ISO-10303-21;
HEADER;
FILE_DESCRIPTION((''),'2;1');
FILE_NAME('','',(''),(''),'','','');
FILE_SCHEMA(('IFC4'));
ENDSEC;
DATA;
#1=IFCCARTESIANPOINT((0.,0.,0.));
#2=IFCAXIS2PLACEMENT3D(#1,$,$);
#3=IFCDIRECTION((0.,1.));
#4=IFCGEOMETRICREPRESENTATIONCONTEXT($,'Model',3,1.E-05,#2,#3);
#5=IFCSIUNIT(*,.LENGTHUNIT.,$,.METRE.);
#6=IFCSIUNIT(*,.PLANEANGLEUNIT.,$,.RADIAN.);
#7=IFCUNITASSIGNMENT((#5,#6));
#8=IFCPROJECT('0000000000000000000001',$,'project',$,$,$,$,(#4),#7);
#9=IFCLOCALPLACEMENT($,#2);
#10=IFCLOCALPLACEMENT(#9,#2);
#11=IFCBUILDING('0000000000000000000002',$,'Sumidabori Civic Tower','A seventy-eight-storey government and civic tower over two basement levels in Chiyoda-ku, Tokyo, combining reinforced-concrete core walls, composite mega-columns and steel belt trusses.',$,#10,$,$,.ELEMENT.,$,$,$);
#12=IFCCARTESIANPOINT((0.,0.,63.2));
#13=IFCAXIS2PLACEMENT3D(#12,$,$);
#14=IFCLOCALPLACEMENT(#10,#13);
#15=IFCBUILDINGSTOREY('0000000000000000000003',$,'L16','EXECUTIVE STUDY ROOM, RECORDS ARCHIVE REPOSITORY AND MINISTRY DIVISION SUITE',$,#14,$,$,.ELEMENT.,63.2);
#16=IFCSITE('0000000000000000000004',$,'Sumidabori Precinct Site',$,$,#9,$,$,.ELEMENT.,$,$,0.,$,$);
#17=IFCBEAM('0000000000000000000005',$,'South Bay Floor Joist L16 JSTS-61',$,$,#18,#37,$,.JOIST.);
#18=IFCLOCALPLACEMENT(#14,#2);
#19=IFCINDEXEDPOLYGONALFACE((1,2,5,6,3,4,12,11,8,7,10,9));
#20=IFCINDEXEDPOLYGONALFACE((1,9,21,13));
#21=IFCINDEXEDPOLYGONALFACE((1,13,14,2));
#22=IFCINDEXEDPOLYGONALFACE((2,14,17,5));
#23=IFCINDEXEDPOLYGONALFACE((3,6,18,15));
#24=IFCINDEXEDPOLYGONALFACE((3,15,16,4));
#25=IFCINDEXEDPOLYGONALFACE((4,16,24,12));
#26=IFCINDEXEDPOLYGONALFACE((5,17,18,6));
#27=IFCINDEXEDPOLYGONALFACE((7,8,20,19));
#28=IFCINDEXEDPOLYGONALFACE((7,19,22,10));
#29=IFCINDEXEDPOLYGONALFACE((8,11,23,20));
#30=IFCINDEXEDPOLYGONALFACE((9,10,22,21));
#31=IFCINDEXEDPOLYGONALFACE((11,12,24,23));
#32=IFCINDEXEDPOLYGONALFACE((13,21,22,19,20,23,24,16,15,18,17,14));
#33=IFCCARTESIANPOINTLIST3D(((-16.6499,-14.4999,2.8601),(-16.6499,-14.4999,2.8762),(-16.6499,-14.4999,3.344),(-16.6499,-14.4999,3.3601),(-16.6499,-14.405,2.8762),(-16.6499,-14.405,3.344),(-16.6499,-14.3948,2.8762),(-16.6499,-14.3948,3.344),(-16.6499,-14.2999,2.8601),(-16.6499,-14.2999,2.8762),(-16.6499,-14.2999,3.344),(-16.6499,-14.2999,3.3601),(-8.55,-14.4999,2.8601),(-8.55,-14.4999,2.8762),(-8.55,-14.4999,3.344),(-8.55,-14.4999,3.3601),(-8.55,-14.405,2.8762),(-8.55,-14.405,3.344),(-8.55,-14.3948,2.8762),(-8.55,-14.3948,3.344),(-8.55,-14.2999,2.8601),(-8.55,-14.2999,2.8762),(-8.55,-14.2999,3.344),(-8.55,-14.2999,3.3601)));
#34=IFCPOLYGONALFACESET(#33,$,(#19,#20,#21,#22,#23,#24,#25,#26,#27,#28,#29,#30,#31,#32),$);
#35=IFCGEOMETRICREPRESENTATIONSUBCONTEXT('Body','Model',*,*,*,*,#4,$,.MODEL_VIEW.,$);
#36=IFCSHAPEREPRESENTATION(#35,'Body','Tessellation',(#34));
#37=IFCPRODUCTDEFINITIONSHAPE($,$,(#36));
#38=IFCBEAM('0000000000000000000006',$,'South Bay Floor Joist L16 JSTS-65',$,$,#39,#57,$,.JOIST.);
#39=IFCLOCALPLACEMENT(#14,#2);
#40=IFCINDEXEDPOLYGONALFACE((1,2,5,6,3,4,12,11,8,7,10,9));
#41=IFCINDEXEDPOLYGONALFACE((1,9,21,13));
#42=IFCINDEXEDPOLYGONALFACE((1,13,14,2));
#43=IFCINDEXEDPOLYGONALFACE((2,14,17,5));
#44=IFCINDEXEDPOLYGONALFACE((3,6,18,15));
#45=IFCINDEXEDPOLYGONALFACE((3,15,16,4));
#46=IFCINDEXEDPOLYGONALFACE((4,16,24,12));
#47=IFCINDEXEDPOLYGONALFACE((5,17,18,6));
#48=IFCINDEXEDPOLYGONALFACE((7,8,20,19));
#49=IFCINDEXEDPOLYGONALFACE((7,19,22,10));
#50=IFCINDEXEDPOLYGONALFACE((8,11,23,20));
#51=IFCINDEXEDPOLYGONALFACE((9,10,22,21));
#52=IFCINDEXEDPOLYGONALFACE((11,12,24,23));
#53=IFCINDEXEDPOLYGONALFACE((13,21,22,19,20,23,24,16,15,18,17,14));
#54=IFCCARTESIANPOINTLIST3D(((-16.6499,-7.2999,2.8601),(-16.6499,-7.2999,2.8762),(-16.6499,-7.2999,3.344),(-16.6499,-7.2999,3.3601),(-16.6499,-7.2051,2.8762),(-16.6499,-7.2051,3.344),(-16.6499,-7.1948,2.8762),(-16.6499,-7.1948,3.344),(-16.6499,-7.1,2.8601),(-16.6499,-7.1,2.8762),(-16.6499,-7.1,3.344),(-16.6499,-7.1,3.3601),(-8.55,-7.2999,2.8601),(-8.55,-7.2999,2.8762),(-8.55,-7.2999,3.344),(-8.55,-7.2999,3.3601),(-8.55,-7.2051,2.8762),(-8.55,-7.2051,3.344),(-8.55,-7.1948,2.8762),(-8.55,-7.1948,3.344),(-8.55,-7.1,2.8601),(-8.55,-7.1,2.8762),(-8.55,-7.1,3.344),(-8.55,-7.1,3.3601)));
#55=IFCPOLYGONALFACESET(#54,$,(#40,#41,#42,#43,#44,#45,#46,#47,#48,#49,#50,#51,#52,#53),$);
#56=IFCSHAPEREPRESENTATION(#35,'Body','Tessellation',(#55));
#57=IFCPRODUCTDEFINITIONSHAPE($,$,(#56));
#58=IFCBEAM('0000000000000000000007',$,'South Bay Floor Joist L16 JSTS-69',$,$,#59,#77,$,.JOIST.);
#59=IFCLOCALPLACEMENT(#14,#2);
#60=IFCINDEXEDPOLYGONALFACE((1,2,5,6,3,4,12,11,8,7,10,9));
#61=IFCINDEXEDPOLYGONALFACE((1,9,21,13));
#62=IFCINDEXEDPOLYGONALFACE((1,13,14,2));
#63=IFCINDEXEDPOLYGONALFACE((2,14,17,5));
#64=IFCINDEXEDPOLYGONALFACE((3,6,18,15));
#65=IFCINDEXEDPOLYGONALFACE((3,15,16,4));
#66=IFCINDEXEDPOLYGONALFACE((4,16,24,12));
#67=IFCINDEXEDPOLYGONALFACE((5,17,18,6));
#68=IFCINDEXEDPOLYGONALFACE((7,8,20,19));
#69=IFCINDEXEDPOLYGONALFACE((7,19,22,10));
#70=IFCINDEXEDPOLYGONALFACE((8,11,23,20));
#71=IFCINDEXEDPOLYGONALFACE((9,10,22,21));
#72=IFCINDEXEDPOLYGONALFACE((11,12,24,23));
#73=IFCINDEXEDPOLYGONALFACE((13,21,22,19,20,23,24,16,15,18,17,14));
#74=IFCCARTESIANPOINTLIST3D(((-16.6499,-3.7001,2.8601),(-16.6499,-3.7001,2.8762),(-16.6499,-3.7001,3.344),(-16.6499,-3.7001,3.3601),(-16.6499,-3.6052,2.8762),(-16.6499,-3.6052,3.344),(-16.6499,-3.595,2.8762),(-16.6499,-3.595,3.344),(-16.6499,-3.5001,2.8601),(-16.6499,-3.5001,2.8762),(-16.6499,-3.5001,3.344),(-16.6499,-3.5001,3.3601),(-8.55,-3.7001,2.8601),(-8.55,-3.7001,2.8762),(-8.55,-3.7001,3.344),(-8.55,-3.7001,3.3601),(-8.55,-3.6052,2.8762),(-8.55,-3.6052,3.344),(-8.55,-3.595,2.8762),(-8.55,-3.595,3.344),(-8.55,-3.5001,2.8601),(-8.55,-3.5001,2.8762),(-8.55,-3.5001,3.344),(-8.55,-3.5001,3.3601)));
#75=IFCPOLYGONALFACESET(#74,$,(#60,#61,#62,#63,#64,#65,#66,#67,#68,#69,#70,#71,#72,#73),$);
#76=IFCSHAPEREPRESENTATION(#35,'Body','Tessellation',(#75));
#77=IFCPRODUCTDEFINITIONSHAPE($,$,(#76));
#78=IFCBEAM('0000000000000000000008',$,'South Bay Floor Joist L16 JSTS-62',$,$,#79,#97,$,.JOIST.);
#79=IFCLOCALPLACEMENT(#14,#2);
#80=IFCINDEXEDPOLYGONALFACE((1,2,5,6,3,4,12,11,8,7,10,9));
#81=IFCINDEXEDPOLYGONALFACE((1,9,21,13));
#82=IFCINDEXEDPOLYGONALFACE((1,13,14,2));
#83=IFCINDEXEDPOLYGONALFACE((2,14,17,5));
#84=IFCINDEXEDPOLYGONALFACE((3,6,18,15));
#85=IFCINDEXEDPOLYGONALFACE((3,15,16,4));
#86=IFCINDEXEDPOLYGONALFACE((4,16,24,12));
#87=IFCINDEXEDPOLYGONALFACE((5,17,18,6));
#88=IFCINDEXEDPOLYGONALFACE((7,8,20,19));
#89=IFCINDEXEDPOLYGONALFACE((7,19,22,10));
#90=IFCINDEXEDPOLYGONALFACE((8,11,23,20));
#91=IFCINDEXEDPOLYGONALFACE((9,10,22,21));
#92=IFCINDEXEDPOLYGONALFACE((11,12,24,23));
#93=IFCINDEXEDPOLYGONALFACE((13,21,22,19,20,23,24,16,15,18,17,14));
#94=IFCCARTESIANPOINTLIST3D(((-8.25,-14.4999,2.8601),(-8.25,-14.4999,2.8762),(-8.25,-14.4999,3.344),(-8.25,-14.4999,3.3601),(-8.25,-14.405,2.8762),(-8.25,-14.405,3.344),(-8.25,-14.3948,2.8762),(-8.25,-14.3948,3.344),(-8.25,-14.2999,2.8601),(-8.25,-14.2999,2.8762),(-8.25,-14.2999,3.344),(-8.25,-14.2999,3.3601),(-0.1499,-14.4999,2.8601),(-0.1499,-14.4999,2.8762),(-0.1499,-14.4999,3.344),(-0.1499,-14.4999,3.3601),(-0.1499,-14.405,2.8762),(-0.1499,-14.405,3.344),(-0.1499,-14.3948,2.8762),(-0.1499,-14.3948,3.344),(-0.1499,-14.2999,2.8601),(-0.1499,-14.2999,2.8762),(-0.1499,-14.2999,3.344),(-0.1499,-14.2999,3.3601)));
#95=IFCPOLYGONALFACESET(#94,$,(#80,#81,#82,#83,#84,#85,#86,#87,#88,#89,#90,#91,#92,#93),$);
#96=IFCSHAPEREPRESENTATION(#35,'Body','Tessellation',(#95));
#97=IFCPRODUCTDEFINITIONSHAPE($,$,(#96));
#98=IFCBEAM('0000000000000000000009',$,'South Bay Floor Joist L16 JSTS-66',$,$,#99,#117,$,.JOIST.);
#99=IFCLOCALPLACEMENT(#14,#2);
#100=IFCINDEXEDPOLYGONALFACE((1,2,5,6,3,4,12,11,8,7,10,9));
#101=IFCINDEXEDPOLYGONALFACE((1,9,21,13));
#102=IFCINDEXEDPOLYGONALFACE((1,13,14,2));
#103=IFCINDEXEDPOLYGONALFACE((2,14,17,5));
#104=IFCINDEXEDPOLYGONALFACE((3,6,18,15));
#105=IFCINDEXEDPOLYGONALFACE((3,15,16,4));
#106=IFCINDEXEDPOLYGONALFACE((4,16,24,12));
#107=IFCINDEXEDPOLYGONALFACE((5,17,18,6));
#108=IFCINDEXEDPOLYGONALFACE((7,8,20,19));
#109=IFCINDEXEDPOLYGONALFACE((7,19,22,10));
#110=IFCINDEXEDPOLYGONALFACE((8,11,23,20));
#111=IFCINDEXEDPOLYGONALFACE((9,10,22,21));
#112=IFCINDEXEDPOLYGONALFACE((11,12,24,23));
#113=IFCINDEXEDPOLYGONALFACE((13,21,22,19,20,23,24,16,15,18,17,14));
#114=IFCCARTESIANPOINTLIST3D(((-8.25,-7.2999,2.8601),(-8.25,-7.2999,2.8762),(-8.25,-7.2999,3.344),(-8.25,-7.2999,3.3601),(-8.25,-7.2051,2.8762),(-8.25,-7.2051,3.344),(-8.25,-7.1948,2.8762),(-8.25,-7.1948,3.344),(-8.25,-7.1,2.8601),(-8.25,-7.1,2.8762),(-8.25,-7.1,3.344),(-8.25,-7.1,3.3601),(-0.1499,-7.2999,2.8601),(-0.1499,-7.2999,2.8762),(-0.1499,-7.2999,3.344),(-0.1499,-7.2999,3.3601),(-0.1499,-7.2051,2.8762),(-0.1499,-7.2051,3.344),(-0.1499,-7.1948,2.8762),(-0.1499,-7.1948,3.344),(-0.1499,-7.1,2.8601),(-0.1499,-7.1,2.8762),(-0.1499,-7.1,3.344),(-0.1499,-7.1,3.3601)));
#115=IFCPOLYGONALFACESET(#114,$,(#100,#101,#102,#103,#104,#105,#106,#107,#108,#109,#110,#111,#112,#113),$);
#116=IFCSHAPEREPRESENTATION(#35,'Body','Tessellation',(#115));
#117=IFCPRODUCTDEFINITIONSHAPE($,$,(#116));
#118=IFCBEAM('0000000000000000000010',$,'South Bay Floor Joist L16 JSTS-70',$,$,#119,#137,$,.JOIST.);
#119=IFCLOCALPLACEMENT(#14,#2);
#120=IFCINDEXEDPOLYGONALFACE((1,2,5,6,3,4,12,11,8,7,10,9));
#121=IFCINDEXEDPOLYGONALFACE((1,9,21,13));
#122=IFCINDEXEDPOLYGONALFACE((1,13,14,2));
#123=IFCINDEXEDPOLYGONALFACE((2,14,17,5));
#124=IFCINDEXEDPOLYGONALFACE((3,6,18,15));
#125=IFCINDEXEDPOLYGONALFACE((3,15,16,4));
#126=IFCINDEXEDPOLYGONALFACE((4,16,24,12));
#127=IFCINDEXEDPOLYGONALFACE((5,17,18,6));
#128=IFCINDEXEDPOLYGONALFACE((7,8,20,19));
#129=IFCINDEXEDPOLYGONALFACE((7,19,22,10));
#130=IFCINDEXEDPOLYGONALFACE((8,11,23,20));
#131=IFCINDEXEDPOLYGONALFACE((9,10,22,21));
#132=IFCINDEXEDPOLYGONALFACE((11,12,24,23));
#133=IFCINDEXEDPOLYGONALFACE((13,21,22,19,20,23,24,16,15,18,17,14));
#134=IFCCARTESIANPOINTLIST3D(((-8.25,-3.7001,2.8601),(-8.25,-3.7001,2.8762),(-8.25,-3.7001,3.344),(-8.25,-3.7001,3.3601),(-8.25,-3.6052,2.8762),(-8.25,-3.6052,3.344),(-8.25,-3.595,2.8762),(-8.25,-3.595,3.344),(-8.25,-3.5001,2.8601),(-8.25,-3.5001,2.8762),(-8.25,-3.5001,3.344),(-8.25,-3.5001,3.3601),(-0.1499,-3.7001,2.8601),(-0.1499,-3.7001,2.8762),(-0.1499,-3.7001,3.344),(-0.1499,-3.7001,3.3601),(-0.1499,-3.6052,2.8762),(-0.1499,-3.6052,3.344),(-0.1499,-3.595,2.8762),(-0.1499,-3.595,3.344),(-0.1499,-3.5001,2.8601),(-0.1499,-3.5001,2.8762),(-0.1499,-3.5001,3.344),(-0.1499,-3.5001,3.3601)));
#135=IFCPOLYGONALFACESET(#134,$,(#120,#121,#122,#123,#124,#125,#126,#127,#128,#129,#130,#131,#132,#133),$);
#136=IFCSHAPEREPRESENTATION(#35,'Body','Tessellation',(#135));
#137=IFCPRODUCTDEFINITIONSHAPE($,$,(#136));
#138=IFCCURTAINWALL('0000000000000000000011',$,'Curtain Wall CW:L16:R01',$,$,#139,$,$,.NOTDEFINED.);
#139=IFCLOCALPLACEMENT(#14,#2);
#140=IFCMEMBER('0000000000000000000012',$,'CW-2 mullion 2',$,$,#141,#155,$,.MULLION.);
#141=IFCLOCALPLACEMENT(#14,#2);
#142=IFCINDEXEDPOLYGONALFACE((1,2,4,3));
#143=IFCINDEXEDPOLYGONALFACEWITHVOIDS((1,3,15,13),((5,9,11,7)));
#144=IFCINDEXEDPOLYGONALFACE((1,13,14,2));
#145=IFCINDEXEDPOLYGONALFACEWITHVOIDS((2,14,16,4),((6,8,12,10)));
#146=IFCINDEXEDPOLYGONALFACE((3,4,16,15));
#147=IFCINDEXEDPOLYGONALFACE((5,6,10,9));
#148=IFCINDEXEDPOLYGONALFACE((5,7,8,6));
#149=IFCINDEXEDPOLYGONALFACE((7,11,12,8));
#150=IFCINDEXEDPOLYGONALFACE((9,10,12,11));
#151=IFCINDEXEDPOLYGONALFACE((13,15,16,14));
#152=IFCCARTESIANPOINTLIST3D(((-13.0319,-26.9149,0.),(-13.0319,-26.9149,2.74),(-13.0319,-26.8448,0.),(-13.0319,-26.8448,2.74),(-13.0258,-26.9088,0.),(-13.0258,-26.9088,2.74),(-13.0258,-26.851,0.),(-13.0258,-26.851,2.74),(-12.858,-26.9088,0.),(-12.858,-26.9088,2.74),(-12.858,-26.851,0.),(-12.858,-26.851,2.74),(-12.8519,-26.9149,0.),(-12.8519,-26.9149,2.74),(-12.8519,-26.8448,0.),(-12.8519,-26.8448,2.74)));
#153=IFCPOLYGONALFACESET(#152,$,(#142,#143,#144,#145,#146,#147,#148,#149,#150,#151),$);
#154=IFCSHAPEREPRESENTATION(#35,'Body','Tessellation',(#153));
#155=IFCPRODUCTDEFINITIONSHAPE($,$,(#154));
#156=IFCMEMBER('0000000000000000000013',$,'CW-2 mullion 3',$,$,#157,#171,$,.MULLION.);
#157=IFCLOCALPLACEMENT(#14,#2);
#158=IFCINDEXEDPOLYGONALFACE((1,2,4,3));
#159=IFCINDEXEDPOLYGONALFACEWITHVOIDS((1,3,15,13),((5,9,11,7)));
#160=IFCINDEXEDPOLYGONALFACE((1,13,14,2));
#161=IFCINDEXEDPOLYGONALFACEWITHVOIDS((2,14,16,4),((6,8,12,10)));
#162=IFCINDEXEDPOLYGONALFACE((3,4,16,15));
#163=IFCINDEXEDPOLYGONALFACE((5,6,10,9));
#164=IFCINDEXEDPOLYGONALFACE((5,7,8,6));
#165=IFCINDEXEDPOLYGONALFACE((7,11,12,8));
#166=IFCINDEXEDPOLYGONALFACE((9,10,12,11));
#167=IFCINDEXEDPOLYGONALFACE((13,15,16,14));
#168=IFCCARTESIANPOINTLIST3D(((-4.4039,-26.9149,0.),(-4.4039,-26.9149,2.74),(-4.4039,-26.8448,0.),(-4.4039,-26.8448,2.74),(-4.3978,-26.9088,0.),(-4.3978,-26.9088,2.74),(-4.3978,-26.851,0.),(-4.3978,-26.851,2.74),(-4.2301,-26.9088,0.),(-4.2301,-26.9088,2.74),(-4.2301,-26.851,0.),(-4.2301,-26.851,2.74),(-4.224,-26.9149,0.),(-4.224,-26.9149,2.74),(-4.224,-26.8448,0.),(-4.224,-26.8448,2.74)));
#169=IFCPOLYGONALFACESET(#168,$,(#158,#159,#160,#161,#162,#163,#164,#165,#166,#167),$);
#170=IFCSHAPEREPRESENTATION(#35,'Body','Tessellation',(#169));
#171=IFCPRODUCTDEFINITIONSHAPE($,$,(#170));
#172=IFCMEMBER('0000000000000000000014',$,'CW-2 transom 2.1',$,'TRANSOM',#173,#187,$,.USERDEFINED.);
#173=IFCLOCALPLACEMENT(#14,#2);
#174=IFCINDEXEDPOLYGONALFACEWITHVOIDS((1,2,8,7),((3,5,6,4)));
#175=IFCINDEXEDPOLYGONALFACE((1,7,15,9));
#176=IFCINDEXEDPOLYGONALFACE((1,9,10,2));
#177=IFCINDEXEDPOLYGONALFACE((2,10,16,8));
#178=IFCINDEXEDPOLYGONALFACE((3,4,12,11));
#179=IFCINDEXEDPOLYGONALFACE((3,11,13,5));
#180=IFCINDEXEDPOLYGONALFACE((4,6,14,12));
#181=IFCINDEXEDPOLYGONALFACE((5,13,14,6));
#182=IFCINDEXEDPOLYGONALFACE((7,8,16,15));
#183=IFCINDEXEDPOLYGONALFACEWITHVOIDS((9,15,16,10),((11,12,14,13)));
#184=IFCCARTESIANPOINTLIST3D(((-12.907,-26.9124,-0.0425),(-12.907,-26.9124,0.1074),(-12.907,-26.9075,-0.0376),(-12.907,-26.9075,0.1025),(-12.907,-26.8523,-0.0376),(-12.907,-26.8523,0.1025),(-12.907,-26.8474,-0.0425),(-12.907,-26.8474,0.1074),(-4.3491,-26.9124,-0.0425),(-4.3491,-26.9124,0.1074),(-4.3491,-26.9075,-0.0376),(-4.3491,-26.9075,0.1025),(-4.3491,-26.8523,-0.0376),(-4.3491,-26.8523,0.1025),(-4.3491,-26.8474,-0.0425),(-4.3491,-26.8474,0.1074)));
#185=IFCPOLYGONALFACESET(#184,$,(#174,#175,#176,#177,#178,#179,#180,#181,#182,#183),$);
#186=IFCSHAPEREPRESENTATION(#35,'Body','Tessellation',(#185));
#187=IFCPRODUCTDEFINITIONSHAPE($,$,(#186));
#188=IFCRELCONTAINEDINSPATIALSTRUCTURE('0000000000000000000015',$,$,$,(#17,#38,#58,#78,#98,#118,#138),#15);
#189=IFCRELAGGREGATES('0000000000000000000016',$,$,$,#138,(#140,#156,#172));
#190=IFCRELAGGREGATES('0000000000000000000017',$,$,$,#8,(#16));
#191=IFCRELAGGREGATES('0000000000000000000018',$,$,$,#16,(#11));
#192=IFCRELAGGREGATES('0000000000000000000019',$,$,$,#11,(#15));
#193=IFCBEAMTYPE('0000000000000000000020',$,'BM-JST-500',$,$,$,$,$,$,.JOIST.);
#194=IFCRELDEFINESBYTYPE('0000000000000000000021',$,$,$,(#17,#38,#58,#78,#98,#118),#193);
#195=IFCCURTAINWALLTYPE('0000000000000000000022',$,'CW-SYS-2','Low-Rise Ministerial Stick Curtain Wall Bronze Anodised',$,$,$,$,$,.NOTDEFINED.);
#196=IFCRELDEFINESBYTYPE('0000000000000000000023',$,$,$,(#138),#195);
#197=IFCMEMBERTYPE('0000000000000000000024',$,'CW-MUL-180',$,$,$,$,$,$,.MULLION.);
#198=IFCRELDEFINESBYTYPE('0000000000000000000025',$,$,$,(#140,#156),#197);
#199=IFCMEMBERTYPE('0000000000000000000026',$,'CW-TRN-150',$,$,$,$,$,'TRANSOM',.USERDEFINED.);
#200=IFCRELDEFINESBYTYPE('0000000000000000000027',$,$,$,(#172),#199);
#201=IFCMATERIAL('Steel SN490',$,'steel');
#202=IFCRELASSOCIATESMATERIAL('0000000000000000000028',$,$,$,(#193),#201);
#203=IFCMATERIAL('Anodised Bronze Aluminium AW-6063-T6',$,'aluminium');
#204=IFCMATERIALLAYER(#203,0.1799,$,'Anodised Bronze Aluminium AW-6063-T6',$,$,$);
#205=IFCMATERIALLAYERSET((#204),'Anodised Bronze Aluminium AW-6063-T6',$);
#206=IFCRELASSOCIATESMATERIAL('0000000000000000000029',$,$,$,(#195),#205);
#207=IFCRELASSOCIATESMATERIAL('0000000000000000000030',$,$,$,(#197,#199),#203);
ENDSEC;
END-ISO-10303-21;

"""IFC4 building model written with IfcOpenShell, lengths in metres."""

from ifc_helpers import new_model, si_unit, direction, frame, origin, origin_2d, place, context, subcontext, project, spatial, hollow_rectangle, i_section, extrude, source, transform, mapped, material, layer, layer_set, material_profile, profile_set, type_object, element, aggregate, save


model = new_model("IFC4")

# Units and contexts
model_context = context("Model", 3, precision=1e-05, world=origin(), true_north=direction((0.0, 1.0)))
body_context = subcontext(model_context, "Body", "Model", "MODEL_VIEW")
ifc_project = project(units=[si_unit("LENGTHUNIT", "METRE"), si_unit("PLANEANGLEUNIT", "RADIAN")], contexts=[model_context])

# Site, building, storey
site_placement = place(None, origin())
site = spatial("IfcSite", under=ifc_project, at=site_placement, Name="Sumidabori Precinct Site", CompositionType="ELEMENT", RefElevation=0.0)
building_placement = place(site_placement, origin())
building = spatial("IfcBuilding", under=site, at=building_placement, Name="Sumidabori Civic Tower", Description="A seventy-eight-storey government and civic tower over two basement levels in Chiyoda-ku, Tokyo, combining reinforced-concrete core walls, composite mega-columns and steel belt trusses.", CompositionType="ELEMENT")
storey_placement = place(building_placement, frame((0.0, 0.0, 63.2)))
storey = spatial("IfcBuildingStorey", under=building, at=storey_placement, Name="L16", Description="EXECUTIVE STUDY ROOM, RECORDS ARCHIVE REPOSITORY AND MINISTRY DIVISION SUITE", CompositionType="ELEMENT", Elevation=63.2)

# Beams
ifc_material_1 = material(Name="Steel SN490", Category="steel")
ifc_material_profile_1 = material_profile(ifc_material_1, i_section(OverallWidth=0.2, OverallDepth=0.5, WebThickness=0.0103, FlangeThickness=0.0161, at=origin_2d()), Name="IPE 500")
ifc_profile_set_1 = profile_set([ifc_material_profile_1], Name="Steel SN490")
beam_type_1 = type_object("IfcBeamType", Name="BM-JST-500", PredefinedType="JOIST", material=ifc_profile_set_1)
shared_shape_1 = source(origin(), body_context, "Body", "SweptSolid", [
    extrude(i_section(OverallWidth=0.2, OverallDepth=0.5, WebThickness=0.0103, FlangeThickness=0.0161, at=origin_2d()), origin(), (0.0, 0.0, 1.0), 8.0999),
])
for number, where, z_axis, x_axis, name in (
    (1, (-16.6499, -14.3999, 3.1101), (1.0, 0.0, 0.0), (0.0, 1.0, 0.0), "South Bay Floor Joist L16 JSTS-61"),
    (2, (-16.6499, -7.2, 3.1101), (1.0, 0.0, 0.0), (0.0, 1.0, 0.0), "South Bay Floor Joist L16 JSTS-65"),
    (3, (-16.6499, -3.6001, 3.1101), (1.0, 0.0, 0.0), (0.0, 1.0, 0.0), "South Bay Floor Joist L16 JSTS-69"),
):
    element("IfcBeam", number, at=place(storey_placement, frame(where, z_axis=z_axis, x_axis=x_axis)), inside=storey, type_object=beam_type_1, Name=name, PredefinedType="JOIST", context=body_context, shape_type="MappedRepresentation", body=[
        mapped(shared_shape_1, transform((0.0, 0.0, 0.0), x_axis=(1.0, 0.0, 0.0), y_axis=(0.0, 1.0, 0.0), z_axis=(0.0, 0.0, 1.0), scale=1.0)),
    ])
shared_shape_2 = source(origin(), body_context, "Body", "SweptSolid", [
    extrude(i_section(OverallWidth=0.2, OverallDepth=0.5, WebThickness=0.0103, FlangeThickness=0.0161, at=origin_2d()), origin(), (0.0, 0.0, 1.0), 8.1001),
])
for number, where, z_axis, x_axis, name in (
    (4, (-8.25, -14.3999, 3.1101), (1.0, 0.0, 0.0), (0.0, 1.0, 0.0), "South Bay Floor Joist L16 JSTS-62"),
    (5, (-8.25, -7.2, 3.1101), (1.0, 0.0, 0.0), (0.0, 1.0, 0.0), "South Bay Floor Joist L16 JSTS-66"),
    (6, (-8.25, -3.6001, 3.1101), (1.0, 0.0, 0.0), (0.0, 1.0, 0.0), "South Bay Floor Joist L16 JSTS-70"),
):
    element("IfcBeam", number, at=place(storey_placement, frame(where, z_axis=z_axis, x_axis=x_axis)), inside=storey, type_object=beam_type_1, Name=name, PredefinedType="JOIST", context=body_context, shape_type="MappedRepresentation", body=[
        mapped(shared_shape_2, transform((0.0, 0.0, 0.0), x_axis=(1.0, 0.0, 0.0), y_axis=(0.0, 1.0, 0.0), z_axis=(0.0, 0.0, 1.0), scale=1.0)),
    ])

# Curtain wall, members
ifc_material_2 = material(Name="Anodised Bronze Aluminium AW-6063-T6", Category="aluminium")
ifc_layer_1 = layer(ifc_material_2, 0.1799, Name="Anodised Bronze Aluminium AW-6063-T6")
ifc_layer_set_1 = layer_set([ifc_layer_1], Name="Anodised Bronze Aluminium AW-6063-T6")
curtain_wall_type = type_object("IfcCurtainWallType", Name="CW-SYS-2", Description="Low-Rise Ministerial Stick Curtain Wall Bronze Anodised", PredefinedType="NOTDEFINED", material=ifc_layer_set_1)
curtain_wall_placement = place(storey_placement, origin())
curtain_wall = element("IfcCurtainWall", 7, at=curtain_wall_placement, inside=storey, type_object=curtain_wall_type, Name="Curtain Wall CW:L16:R01", PredefinedType="NOTDEFINED")
ifc_material_profile_2 = material_profile(ifc_material_2, hollow_rectangle(XDim=0.0701, YDim=0.1799, WallThickness=0.0061, at=origin_2d()), Name="ALU MULLION 180x70")
ifc_profile_set_2 = profile_set([ifc_material_profile_2], Name="Anodised Bronze Aluminium AW-6063-T6")
member_type_1 = type_object("IfcMemberType", Name="CW-MUL-180", PredefinedType="MULLION", material=ifc_profile_set_2)
shared_shape_3 = source(origin(), body_context, "Body", "SweptSolid", [
    extrude(hollow_rectangle(XDim=0.0701, YDim=0.1799, WallThickness=0.0061, at=origin_2d()), origin(), (0.0, 0.0, 1.0), 2.74),
])
member_1_placement = place(storey_placement, frame((-12.9419, -26.8799, 0.0), z_axis=(0.0, 0.0, 1.0), x_axis=(0.0, 1.0, 0.0)))
member_1 = element("IfcMember", 8, at=member_1_placement, type_object=member_type_1, Name="CW-2 mullion 2", PredefinedType="MULLION", context=body_context, shape_type="MappedRepresentation", body=[
    mapped(shared_shape_3, transform((0.0, 0.0, 0.0), x_axis=(1.0, 0.0, 0.0), y_axis=(0.0, 1.0, 0.0), z_axis=(0.0, 0.0, 1.0), scale=1.0)),
])
member_2_placement = place(storey_placement, frame((-4.314, -26.8799, 0.0), z_axis=(0.0, 0.0, 1.0), x_axis=(0.0, 1.0, 0.0)))
member_2 = element("IfcMember", 9, at=member_2_placement, type_object=member_type_1, Name="CW-2 mullion 3", PredefinedType="MULLION", context=body_context, shape_type="MappedRepresentation", body=[
    mapped(shared_shape_3, transform((0.0, 0.0, 0.0), x_axis=(1.0, 0.0, 0.0), y_axis=(0.0, 1.0, 0.0), z_axis=(0.0, 0.0, 1.0), scale=1.0)),
])
ifc_material_profile_3 = material_profile(ifc_material_2, hollow_rectangle(XDim=0.0649, YDim=0.1499, WallThickness=0.0049, at=origin_2d()), Name="ALU TRANSOM 150x65")
ifc_profile_set_3 = profile_set([ifc_material_profile_3], Name="Anodised Bronze Aluminium AW-6063-T6")
member_type_2 = type_object("IfcMemberType", Name="CW-TRN-150", ElementType="TRANSOM", PredefinedType="USERDEFINED", material=ifc_profile_set_3)
shared_shape_4 = source(origin(), body_context, "Body", "SweptSolid", [
    extrude(hollow_rectangle(XDim=0.0649, YDim=0.1499, WallThickness=0.0049, at=origin_2d()), origin(), (0.0, 0.0, 1.0), 8.5579),
])
member_3_placement = place(storey_placement, frame((-12.907, -26.8799, 0.0325), z_axis=(1.0, 0.0, 0.0), x_axis=(0.0, 1.0, 0.0)))
member_3 = element("IfcMember", 10, at=member_3_placement, type_object=member_type_2, Name="CW-2 transom 2.1", ObjectType="TRANSOM", PredefinedType="USERDEFINED", context=body_context, shape_type="MappedRepresentation", body=[
    mapped(shared_shape_4, transform((0.0, 0.0, 0.0), x_axis=(1.0, 0.0, 0.0), y_axis=(0.0, 1.0, 0.0), z_axis=(0.0, 0.0, 1.0), scale=1.0)),
])
aggregate(curtain_wall, [member_1, member_2, member_3])

save(model, "model.ifc")
